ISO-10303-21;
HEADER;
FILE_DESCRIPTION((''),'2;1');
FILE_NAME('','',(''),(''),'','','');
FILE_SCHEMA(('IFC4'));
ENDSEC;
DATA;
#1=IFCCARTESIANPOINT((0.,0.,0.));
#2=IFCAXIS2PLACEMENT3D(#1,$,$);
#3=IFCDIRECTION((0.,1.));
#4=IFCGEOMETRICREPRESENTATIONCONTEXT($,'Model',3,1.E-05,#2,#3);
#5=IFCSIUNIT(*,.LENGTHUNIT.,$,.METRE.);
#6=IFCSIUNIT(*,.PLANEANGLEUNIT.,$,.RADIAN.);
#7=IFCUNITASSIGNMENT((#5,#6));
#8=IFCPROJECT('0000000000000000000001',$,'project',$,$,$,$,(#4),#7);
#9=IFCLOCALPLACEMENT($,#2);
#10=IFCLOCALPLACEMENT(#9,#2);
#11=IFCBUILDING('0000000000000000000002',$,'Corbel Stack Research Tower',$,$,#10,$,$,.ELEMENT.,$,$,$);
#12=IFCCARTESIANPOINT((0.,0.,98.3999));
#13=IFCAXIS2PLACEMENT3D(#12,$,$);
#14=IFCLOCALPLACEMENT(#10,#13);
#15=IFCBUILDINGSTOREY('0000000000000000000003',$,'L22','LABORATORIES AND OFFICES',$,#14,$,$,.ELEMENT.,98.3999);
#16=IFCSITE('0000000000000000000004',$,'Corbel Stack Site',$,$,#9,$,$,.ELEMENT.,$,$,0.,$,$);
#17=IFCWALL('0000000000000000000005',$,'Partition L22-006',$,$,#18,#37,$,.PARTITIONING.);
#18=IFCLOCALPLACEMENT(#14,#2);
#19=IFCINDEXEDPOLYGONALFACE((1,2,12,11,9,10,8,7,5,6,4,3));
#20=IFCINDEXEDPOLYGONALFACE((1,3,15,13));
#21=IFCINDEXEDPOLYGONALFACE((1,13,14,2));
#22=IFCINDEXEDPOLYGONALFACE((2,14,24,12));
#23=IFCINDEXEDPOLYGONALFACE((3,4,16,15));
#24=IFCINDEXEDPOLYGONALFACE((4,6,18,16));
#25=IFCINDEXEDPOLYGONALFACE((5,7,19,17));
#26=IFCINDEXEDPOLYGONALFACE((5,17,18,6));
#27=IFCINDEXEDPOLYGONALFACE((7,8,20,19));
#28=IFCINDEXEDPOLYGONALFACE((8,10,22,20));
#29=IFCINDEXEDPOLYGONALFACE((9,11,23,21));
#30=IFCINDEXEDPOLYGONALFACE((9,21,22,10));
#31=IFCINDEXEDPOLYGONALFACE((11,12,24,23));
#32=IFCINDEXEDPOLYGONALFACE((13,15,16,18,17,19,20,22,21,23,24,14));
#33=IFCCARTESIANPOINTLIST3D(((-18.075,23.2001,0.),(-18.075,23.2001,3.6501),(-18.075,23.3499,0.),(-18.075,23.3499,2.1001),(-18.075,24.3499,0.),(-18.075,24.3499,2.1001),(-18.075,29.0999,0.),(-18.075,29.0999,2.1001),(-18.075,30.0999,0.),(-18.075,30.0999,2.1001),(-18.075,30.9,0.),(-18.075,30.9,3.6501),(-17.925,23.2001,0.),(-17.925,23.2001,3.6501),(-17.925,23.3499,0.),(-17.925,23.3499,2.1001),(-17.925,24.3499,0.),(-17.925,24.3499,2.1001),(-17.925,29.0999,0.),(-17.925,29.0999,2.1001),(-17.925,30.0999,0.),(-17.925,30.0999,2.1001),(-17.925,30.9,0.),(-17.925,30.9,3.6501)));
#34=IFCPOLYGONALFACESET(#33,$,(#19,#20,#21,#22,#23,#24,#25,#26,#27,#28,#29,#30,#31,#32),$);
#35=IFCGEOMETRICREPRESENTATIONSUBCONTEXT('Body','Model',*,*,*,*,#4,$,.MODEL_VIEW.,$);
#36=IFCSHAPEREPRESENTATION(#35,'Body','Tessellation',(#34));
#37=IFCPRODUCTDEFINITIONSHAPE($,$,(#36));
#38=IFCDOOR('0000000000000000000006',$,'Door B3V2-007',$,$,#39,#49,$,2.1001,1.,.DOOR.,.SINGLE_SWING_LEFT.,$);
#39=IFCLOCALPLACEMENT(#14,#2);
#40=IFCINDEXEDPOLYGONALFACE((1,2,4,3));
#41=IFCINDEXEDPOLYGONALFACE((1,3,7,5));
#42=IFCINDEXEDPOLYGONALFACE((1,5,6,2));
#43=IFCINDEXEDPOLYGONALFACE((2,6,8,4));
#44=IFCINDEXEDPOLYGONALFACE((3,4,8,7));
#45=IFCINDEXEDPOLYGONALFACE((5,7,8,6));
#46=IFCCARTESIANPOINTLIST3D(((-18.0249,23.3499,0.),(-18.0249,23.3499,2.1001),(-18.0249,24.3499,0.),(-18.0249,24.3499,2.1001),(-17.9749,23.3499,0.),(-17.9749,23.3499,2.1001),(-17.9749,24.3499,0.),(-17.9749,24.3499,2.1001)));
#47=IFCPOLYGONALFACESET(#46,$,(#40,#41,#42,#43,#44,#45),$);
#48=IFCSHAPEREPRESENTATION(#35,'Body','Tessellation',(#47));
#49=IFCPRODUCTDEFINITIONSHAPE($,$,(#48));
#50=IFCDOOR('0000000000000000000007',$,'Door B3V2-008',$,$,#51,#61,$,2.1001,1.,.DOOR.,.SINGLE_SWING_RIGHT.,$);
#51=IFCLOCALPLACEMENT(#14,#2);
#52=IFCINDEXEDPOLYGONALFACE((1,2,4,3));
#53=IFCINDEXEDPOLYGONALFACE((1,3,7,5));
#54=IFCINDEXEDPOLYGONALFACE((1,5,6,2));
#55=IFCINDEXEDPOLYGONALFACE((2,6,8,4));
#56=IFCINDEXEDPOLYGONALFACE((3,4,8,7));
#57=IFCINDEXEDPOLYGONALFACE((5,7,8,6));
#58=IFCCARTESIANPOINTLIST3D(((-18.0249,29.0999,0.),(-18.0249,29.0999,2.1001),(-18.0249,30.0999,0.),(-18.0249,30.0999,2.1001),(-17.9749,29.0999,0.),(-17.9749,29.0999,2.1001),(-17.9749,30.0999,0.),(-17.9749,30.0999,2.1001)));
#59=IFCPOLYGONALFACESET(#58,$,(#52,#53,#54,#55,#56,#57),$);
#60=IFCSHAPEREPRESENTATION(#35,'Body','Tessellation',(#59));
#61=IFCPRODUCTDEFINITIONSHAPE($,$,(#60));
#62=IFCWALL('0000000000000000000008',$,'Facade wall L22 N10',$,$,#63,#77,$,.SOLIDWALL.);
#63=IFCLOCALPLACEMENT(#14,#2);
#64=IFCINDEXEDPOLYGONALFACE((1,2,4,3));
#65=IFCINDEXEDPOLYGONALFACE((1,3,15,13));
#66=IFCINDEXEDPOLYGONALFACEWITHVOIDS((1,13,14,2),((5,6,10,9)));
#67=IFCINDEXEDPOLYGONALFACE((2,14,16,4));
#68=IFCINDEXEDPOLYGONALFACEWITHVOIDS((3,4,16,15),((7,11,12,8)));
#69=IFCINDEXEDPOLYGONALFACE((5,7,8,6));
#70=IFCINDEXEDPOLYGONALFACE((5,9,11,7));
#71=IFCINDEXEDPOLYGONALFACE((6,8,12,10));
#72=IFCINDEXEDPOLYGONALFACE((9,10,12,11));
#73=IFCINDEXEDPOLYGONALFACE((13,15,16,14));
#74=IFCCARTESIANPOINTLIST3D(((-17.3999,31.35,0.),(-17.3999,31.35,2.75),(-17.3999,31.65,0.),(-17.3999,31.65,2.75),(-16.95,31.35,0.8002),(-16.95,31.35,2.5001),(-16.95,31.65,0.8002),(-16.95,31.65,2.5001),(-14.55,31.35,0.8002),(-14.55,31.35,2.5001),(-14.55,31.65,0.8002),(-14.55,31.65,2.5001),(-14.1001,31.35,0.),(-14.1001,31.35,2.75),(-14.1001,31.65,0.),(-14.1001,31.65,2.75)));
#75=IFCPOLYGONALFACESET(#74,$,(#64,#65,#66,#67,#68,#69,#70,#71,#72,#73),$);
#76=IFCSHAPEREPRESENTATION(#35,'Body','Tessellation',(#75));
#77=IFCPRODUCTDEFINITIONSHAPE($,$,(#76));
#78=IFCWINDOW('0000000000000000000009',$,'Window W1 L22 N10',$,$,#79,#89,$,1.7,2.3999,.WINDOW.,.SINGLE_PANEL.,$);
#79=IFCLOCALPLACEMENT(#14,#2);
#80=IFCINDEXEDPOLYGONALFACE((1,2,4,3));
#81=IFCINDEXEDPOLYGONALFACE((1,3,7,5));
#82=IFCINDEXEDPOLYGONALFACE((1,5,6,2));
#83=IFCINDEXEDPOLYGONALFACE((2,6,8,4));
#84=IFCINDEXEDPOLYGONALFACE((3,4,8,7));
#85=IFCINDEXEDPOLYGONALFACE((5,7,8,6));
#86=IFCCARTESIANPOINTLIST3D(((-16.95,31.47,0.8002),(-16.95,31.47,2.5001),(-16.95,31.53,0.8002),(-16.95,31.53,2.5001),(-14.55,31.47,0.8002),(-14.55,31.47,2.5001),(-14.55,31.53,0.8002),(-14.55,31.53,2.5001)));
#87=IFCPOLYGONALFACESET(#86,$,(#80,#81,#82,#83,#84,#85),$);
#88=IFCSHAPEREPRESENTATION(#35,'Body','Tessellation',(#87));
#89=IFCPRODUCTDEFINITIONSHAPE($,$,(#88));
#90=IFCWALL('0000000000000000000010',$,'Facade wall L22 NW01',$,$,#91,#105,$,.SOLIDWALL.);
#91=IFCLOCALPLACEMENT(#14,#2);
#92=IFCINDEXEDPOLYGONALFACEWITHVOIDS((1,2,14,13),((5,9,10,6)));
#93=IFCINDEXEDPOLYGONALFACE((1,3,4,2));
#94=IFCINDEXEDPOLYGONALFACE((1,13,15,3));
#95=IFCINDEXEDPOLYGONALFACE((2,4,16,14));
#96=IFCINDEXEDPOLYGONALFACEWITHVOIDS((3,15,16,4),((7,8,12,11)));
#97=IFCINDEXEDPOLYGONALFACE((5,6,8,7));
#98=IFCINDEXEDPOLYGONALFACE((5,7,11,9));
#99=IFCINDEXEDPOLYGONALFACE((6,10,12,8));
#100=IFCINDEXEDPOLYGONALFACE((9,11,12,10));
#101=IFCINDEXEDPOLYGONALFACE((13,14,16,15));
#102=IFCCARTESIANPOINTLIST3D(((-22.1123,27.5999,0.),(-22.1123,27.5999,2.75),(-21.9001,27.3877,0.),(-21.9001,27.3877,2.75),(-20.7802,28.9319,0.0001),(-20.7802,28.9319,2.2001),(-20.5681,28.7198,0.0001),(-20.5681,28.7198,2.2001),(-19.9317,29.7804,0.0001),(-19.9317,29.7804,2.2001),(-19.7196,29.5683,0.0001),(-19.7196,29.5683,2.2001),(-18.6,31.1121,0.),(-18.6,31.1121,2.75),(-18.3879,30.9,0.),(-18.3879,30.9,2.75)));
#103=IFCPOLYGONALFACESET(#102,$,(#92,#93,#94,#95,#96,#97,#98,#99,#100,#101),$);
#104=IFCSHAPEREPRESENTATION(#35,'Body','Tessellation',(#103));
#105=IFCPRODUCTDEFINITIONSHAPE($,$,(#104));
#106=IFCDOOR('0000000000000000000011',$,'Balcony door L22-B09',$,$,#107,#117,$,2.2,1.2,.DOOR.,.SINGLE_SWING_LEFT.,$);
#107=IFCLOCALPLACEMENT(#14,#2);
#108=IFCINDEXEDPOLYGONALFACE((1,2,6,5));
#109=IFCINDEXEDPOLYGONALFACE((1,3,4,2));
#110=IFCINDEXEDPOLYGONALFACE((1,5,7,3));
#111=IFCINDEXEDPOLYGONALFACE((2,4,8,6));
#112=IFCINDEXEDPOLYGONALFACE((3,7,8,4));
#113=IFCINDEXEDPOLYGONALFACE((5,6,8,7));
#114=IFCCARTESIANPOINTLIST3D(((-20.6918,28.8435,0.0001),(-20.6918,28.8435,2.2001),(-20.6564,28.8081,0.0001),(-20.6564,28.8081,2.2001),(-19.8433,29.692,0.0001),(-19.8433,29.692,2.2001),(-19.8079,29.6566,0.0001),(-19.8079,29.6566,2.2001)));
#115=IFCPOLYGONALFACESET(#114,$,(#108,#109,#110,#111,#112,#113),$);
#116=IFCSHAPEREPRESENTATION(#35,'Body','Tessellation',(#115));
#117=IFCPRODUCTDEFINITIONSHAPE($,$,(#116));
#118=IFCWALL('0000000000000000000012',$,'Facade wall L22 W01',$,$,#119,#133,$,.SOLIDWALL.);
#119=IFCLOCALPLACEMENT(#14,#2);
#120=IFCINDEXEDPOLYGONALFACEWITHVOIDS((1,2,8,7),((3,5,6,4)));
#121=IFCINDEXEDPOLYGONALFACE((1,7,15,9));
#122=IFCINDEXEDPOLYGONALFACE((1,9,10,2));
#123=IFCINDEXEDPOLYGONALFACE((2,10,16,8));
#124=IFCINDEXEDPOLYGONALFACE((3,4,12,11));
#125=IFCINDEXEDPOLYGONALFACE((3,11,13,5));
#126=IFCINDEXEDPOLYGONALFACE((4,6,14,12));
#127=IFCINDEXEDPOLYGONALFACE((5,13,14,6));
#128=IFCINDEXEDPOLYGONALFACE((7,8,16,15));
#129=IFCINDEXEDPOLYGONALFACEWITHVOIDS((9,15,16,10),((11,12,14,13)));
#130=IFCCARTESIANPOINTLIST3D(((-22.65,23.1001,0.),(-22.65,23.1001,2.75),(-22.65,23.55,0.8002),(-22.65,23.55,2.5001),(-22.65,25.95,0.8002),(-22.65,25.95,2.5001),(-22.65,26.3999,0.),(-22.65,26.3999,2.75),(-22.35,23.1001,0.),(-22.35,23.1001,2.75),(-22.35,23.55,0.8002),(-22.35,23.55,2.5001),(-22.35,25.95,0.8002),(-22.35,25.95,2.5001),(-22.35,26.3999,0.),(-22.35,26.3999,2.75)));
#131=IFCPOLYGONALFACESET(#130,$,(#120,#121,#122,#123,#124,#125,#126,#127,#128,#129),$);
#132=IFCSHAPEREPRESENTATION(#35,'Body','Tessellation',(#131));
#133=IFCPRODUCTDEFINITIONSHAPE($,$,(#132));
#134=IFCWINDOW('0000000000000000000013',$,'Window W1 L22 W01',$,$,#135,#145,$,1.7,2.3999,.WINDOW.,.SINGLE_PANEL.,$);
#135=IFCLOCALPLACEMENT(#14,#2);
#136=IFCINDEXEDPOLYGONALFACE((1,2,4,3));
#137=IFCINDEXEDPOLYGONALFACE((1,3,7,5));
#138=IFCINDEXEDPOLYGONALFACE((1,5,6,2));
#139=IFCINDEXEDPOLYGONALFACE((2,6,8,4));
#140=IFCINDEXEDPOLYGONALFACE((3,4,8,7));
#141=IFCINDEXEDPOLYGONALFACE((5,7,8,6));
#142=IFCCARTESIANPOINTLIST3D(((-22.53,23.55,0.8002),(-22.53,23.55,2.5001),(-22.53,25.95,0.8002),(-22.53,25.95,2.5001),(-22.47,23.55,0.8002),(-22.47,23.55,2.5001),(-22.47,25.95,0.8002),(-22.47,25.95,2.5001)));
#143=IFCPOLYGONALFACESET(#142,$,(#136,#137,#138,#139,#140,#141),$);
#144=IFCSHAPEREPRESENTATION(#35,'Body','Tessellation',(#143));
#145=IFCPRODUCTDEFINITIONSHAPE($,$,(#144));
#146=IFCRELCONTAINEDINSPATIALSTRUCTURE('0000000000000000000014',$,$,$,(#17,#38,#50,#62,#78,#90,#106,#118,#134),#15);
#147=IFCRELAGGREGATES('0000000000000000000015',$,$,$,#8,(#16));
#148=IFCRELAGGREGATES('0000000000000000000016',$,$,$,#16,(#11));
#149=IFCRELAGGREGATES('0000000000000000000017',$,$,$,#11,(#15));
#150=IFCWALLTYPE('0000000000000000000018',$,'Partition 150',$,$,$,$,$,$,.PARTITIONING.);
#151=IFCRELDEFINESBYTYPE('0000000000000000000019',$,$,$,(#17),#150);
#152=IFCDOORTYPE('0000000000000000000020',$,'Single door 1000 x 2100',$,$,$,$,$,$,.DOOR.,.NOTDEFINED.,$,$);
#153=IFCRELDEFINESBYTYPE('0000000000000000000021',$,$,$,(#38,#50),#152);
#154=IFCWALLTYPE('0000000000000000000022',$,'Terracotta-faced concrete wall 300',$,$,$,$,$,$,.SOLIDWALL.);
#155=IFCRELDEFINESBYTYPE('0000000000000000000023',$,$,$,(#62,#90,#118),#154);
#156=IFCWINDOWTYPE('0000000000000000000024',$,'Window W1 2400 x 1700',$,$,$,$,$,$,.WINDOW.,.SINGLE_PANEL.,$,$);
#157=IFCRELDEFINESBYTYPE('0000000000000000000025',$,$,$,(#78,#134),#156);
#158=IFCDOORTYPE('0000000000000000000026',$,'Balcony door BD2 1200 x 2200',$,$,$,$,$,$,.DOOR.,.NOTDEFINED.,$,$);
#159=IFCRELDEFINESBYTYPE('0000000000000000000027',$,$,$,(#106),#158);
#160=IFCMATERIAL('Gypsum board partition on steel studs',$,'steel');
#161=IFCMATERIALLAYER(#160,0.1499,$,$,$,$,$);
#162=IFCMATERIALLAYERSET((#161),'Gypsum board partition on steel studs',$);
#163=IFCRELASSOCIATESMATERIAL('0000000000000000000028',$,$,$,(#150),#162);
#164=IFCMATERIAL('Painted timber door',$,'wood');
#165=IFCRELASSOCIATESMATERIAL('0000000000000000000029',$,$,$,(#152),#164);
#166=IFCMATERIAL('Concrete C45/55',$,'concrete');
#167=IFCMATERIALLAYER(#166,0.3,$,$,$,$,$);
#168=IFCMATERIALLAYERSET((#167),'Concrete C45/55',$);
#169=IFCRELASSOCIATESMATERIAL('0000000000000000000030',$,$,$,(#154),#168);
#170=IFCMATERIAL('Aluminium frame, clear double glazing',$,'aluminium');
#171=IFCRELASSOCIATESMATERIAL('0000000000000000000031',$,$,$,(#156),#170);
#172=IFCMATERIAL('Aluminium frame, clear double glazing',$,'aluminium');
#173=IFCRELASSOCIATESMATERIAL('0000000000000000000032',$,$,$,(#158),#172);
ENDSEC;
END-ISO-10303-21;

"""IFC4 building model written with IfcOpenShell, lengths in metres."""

from ifc_helpers import new_model, si_unit, direction, frame, frame_2d, origin, place, context, subcontext, project, spatial, rectangle, extrude, material, layer, layer_set, type_object, element, fill, save


model = new_model("IFC4")

# Units and contexts
model_context = context("Model", 3, precision=1e-05, world=origin(), true_north=direction((0.0, 1.0)))
body_context = subcontext(model_context, "Body", "Model", "MODEL_VIEW")
ifc_project = project(units=[si_unit("LENGTHUNIT", "METRE"), si_unit("PLANEANGLEUNIT", "RADIAN")], contexts=[model_context])

# Site, building, storey
site_placement = place(None, origin())
site = spatial("IfcSite", under=ifc_project, at=site_placement, Name="Corbel Stack Site", CompositionType="ELEMENT", RefElevation=0.0)
building_placement = place(site_placement, origin())
building = spatial("IfcBuilding", under=site, at=building_placement, Name="Corbel Stack Research Tower", CompositionType="ELEMENT")
storey_placement = place(building_placement, frame((0.0, 0.0, 98.3999)))
storey = spatial("IfcBuildingStorey", under=building, at=storey_placement, Name="L22", Description="LABORATORIES AND OFFICES", CompositionType="ELEMENT", Elevation=98.3999)

# Shared definitions
ifc_material_1 = material(Name="Gypsum board partition on steel studs", Category="steel")
ifc_layer_1 = layer(ifc_material_1, 0.1499)
ifc_layer_set_1 = layer_set([ifc_layer_1], Name="Gypsum board partition on steel studs")
wall_type_1 = type_object("IfcWallType", Name="Partition 150", PredefinedType="PARTITIONING", material=ifc_layer_set_1)

# Wall, openings, doors
wall_1_placement = place(storey_placement, frame((-18.0, 23.2, 0.0), z_axis=(0.0, 0.0, 1.0), x_axis=(0.0, 1.0, 0.0)))
wall_1 = element("IfcWall", 1, at=wall_1_placement, inside=storey, type_object=wall_type_1, Name="Partition L22-006", PredefinedType="PARTITIONING", context=body_context, shape_type="SweptSolid", body=[
    extrude(rectangle(XDim=7.7, YDim=0.1499, at=frame_2d((3.8501, 0.0))), origin(), (0.0, 0.0, 1.0), 3.6501),
])
opening_1_placement = place(wall_1_placement, frame((0.1499, 0.0, 0.0)))
opening_1 = element("IfcOpeningElement", 2, at=opening_1_placement, cuts=wall_1, PredefinedType="OPENING", context=body_context, shape_type="SweptSolid", body=[
    extrude(rectangle(XDim=1.0, YDim=2.1001, at=frame_2d((0.5, 1.05))), frame((0.0, 0.085, 0.0), z_axis=(0.0, -1.0, 0.0), x_axis=(1.0, 0.0, 0.0)), (0.0, 0.0, 1.0), 0.1699),
])
opening_2_placement = place(wall_1_placement, frame((5.8999, 0.0, 0.0)))
opening_2 = element("IfcOpeningElement", 3, at=opening_2_placement, cuts=wall_1, PredefinedType="OPENING", context=body_context, shape_type="SweptSolid", body=[
    extrude(rectangle(XDim=1.0, YDim=2.1001, at=frame_2d((0.5, 1.05))), frame((0.0, 0.085, 0.0), z_axis=(0.0, -1.0, 0.0), x_axis=(1.0, 0.0, 0.0)), (0.0, 0.0, 1.0), 0.1699),
])
ifc_material_2 = material(Name="Painted timber door", Category="wood")
door_type_1 = type_object("IfcDoorType", Name="Single door 1000 x 2100", OperationType="NOTDEFINED", PredefinedType="DOOR", material=ifc_material_2)
door_1_placement = place(opening_1_placement, origin())
door_1 = element("IfcDoor", 4, at=door_1_placement, inside=storey, type_object=door_type_1, Name="Door B3V2-007", OperationType="SINGLE_SWING_LEFT", OverallHeight=2.1001, OverallWidth=1.0, PredefinedType="DOOR", context=body_context, shape_type="SweptSolid", body=[
    extrude(rectangle(XDim=1.0, YDim=2.1001, at=frame_2d((0.5, 1.05))), frame((0.0, 0.0249, 0.0), z_axis=(0.0, -1.0, 0.0), x_axis=(1.0, 0.0, 0.0)), (0.0, 0.0, 1.0), 0.05),
])
fill(opening_1, door_1)
door_2_placement = place(opening_2_placement, origin())
door_2 = element("IfcDoor", 5, at=door_2_placement, inside=storey, type_object=door_type_1, Name="Door B3V2-008", OperationType="SINGLE_SWING_RIGHT", OverallHeight=2.1001, OverallWidth=1.0, PredefinedType="DOOR", context=body_context, shape_type="SweptSolid", body=[
    extrude(rectangle(XDim=1.0, YDim=2.1001, at=frame_2d((0.5, 1.05))), frame((0.0, 0.0249, 0.0), z_axis=(0.0, -1.0, 0.0), x_axis=(1.0, 0.0, 0.0)), (0.0, 0.0, 1.0), 0.05),
])
fill(opening_2, door_2)

# Wall, opening, window
ifc_material_3 = material(Name="Concrete C45/55", Category="concrete")
ifc_layer_2 = layer(ifc_material_3, 0.3)
ifc_layer_set_2 = layer_set([ifc_layer_2], Name="Concrete C45/55")
wall_type_2 = type_object("IfcWallType", Name="Terracotta-faced concrete wall 300", PredefinedType="SOLIDWALL", material=ifc_layer_set_2)
wall_2_placement = place(storey_placement, frame((-17.3999, 31.5, 0.0), z_axis=(0.0, 0.0, 1.0), x_axis=(1.0, 0.0, 0.0)))
wall_2 = element("IfcWall", 6, at=wall_2_placement, inside=storey, type_object=wall_type_2, Name="Facade wall L22 N10", PredefinedType="SOLIDWALL", context=body_context, shape_type="SweptSolid", body=[
    extrude(rectangle(XDim=3.2998, YDim=0.3, at=frame_2d((1.6499, 0.0))), origin(), (0.0, 0.0, 1.0), 2.75),
])
opening_3_placement = place(wall_2_placement, frame((0.45, 0.0, 0.8)))
opening_3 = element("IfcOpeningElement", 7, at=opening_3_placement, cuts=wall_2, PredefinedType="OPENING", context=body_context, shape_type="SweptSolid", body=[
    extrude(rectangle(XDim=2.3999, YDim=1.7, at=frame_2d((1.2, 0.8501))), frame((0.0, 0.1599, 0.0), z_axis=(0.0, -1.0, 0.0), x_axis=(1.0, 0.0, 0.0)), (0.0, 0.0, 1.0), 0.3201),
])
ifc_material_4 = material(Name="Aluminium frame, clear double glazing", Category="aluminium")
window_type = type_object("IfcWindowType", Name="Window W1 2400 x 1700", PartitioningType="SINGLE_PANEL", PredefinedType="WINDOW", material=ifc_material_4)
window_1_placement = place(opening_3_placement, origin())
window_1 = element("IfcWindow", 8, at=window_1_placement, inside=storey, type_object=window_type, Name="Window W1 L22 N10", OverallHeight=1.7, OverallWidth=2.3999, PartitioningType="SINGLE_PANEL", PredefinedType="WINDOW", context=body_context, shape_type="SweptSolid", body=[
    extrude(rectangle(XDim=2.3999, YDim=1.7, at=frame_2d((1.2, 0.8501))), frame((0.0, 0.03, 0.0), z_axis=(0.0, -1.0, 0.0), x_axis=(1.0, 0.0, 0.0)), (0.0, 0.0, 1.0), 0.0601),
])
fill(opening_3, window_1)

# Wall, opening, door
wall_3_placement = place(storey_placement, frame((-22.0061, 27.4939, 0.0), z_axis=(0.0, 0.0, 1.0), x_axis=(0.707107, 0.707107, 0.0)))
wall_3 = element("IfcWall", 9, at=wall_3_placement, inside=storey, type_object=wall_type_2, Name="Facade wall L22 NW01", PredefinedType="SOLIDWALL", context=body_context, shape_type="SweptSolid", body=[
    extrude(rectangle(XDim=4.967, YDim=0.3, at=frame_2d((2.4834, 0.0))), origin(), (0.0, 0.0, 1.0), 2.75),
])
opening_4_placement = place(wall_3_placement, frame((1.8835, 0.0, 0.0)))
opening_4 = element("IfcOpeningElement", 10, at=opening_4_placement, cuts=wall_3, PredefinedType="OPENING", context=body_context, shape_type="SweptSolid", body=[
    extrude(rectangle(XDim=1.2, YDim=2.2, at=frame_2d((0.6001, 1.1001))), frame((0.0, 0.1599, 0.0), z_axis=(0.0, -1.0, 0.0), x_axis=(1.0, 0.0, 0.0)), (0.0, 0.0, 1.0), 0.3201),
])
ifc_material_5 = material(Name="Aluminium frame, clear double glazing", Category="aluminium")
door_type_2 = type_object("IfcDoorType", Name="Balcony door BD2 1200 x 2200", OperationType="NOTDEFINED", PredefinedType="DOOR", material=ifc_material_5)
door_3_placement = place(opening_4_placement, origin())
door_3 = element("IfcDoor", 11, at=door_3_placement, inside=storey, type_object=door_type_2, Name="Balcony door L22-B09", OperationType="SINGLE_SWING_LEFT", OverallHeight=2.2, OverallWidth=1.2, PredefinedType="DOOR", context=body_context, shape_type="SweptSolid", body=[
    extrude(rectangle(XDim=1.2, YDim=2.2, at=frame_2d((0.6001, 1.1001))), frame((0.0, 0.0249, 0.0), z_axis=(0.0, -1.0, 0.0), x_axis=(1.0, 0.0, 0.0)), (0.0, 0.0, 1.0), 0.05),
])
fill(opening_4, door_3)

# Wall, opening, window
wall_4_placement = place(storey_placement, frame((-22.5, 23.1001, 0.0), z_axis=(0.0, 0.0, 1.0), x_axis=(0.0, 1.0, 0.0)))
wall_4 = element("IfcWall", 12, at=wall_4_placement, inside=storey, type_object=wall_type_2, Name="Facade wall L22 W01", PredefinedType="SOLIDWALL", context=body_context, shape_type="SweptSolid", body=[
    extrude(rectangle(XDim=3.2998, YDim=0.3, at=frame_2d((1.6499, 0.0))), origin(), (0.0, 0.0, 1.0), 2.75),
])
opening_5_placement = place(wall_4_placement, frame((0.45, 0.0, 0.8)))
opening_5 = element("IfcOpeningElement", 13, at=opening_5_placement, cuts=wall_4, PredefinedType="OPENING", context=body_context, shape_type="SweptSolid", body=[
    extrude(rectangle(XDim=2.3999, YDim=1.7, at=frame_2d((1.2, 0.8501))), frame((0.0, 0.1599, 0.0), z_axis=(0.0, -1.0, 0.0), x_axis=(1.0, 0.0, 0.0)), (0.0, 0.0, 1.0), 0.3201),
])
window_2_placement = place(opening_5_placement, origin())
window_2 = element("IfcWindow", 14, at=window_2_placement, inside=storey, type_object=window_type, Name="Window W1 L22 W01", OverallHeight=1.7, OverallWidth=2.3999, PartitioningType="SINGLE_PANEL", PredefinedType="WINDOW", context=body_context, shape_type="SweptSolid", body=[
    extrude(rectangle(XDim=2.3999, YDim=1.7, at=frame_2d((1.2, 0.8501))), frame((0.0, 0.03, 0.0), z_axis=(0.0, -1.0, 0.0), x_axis=(1.0, 0.0, 0.0)), (0.0, 0.0, 1.0), 0.0601),
])
fill(opening_5, window_2)

save(model, "model.ifc")
